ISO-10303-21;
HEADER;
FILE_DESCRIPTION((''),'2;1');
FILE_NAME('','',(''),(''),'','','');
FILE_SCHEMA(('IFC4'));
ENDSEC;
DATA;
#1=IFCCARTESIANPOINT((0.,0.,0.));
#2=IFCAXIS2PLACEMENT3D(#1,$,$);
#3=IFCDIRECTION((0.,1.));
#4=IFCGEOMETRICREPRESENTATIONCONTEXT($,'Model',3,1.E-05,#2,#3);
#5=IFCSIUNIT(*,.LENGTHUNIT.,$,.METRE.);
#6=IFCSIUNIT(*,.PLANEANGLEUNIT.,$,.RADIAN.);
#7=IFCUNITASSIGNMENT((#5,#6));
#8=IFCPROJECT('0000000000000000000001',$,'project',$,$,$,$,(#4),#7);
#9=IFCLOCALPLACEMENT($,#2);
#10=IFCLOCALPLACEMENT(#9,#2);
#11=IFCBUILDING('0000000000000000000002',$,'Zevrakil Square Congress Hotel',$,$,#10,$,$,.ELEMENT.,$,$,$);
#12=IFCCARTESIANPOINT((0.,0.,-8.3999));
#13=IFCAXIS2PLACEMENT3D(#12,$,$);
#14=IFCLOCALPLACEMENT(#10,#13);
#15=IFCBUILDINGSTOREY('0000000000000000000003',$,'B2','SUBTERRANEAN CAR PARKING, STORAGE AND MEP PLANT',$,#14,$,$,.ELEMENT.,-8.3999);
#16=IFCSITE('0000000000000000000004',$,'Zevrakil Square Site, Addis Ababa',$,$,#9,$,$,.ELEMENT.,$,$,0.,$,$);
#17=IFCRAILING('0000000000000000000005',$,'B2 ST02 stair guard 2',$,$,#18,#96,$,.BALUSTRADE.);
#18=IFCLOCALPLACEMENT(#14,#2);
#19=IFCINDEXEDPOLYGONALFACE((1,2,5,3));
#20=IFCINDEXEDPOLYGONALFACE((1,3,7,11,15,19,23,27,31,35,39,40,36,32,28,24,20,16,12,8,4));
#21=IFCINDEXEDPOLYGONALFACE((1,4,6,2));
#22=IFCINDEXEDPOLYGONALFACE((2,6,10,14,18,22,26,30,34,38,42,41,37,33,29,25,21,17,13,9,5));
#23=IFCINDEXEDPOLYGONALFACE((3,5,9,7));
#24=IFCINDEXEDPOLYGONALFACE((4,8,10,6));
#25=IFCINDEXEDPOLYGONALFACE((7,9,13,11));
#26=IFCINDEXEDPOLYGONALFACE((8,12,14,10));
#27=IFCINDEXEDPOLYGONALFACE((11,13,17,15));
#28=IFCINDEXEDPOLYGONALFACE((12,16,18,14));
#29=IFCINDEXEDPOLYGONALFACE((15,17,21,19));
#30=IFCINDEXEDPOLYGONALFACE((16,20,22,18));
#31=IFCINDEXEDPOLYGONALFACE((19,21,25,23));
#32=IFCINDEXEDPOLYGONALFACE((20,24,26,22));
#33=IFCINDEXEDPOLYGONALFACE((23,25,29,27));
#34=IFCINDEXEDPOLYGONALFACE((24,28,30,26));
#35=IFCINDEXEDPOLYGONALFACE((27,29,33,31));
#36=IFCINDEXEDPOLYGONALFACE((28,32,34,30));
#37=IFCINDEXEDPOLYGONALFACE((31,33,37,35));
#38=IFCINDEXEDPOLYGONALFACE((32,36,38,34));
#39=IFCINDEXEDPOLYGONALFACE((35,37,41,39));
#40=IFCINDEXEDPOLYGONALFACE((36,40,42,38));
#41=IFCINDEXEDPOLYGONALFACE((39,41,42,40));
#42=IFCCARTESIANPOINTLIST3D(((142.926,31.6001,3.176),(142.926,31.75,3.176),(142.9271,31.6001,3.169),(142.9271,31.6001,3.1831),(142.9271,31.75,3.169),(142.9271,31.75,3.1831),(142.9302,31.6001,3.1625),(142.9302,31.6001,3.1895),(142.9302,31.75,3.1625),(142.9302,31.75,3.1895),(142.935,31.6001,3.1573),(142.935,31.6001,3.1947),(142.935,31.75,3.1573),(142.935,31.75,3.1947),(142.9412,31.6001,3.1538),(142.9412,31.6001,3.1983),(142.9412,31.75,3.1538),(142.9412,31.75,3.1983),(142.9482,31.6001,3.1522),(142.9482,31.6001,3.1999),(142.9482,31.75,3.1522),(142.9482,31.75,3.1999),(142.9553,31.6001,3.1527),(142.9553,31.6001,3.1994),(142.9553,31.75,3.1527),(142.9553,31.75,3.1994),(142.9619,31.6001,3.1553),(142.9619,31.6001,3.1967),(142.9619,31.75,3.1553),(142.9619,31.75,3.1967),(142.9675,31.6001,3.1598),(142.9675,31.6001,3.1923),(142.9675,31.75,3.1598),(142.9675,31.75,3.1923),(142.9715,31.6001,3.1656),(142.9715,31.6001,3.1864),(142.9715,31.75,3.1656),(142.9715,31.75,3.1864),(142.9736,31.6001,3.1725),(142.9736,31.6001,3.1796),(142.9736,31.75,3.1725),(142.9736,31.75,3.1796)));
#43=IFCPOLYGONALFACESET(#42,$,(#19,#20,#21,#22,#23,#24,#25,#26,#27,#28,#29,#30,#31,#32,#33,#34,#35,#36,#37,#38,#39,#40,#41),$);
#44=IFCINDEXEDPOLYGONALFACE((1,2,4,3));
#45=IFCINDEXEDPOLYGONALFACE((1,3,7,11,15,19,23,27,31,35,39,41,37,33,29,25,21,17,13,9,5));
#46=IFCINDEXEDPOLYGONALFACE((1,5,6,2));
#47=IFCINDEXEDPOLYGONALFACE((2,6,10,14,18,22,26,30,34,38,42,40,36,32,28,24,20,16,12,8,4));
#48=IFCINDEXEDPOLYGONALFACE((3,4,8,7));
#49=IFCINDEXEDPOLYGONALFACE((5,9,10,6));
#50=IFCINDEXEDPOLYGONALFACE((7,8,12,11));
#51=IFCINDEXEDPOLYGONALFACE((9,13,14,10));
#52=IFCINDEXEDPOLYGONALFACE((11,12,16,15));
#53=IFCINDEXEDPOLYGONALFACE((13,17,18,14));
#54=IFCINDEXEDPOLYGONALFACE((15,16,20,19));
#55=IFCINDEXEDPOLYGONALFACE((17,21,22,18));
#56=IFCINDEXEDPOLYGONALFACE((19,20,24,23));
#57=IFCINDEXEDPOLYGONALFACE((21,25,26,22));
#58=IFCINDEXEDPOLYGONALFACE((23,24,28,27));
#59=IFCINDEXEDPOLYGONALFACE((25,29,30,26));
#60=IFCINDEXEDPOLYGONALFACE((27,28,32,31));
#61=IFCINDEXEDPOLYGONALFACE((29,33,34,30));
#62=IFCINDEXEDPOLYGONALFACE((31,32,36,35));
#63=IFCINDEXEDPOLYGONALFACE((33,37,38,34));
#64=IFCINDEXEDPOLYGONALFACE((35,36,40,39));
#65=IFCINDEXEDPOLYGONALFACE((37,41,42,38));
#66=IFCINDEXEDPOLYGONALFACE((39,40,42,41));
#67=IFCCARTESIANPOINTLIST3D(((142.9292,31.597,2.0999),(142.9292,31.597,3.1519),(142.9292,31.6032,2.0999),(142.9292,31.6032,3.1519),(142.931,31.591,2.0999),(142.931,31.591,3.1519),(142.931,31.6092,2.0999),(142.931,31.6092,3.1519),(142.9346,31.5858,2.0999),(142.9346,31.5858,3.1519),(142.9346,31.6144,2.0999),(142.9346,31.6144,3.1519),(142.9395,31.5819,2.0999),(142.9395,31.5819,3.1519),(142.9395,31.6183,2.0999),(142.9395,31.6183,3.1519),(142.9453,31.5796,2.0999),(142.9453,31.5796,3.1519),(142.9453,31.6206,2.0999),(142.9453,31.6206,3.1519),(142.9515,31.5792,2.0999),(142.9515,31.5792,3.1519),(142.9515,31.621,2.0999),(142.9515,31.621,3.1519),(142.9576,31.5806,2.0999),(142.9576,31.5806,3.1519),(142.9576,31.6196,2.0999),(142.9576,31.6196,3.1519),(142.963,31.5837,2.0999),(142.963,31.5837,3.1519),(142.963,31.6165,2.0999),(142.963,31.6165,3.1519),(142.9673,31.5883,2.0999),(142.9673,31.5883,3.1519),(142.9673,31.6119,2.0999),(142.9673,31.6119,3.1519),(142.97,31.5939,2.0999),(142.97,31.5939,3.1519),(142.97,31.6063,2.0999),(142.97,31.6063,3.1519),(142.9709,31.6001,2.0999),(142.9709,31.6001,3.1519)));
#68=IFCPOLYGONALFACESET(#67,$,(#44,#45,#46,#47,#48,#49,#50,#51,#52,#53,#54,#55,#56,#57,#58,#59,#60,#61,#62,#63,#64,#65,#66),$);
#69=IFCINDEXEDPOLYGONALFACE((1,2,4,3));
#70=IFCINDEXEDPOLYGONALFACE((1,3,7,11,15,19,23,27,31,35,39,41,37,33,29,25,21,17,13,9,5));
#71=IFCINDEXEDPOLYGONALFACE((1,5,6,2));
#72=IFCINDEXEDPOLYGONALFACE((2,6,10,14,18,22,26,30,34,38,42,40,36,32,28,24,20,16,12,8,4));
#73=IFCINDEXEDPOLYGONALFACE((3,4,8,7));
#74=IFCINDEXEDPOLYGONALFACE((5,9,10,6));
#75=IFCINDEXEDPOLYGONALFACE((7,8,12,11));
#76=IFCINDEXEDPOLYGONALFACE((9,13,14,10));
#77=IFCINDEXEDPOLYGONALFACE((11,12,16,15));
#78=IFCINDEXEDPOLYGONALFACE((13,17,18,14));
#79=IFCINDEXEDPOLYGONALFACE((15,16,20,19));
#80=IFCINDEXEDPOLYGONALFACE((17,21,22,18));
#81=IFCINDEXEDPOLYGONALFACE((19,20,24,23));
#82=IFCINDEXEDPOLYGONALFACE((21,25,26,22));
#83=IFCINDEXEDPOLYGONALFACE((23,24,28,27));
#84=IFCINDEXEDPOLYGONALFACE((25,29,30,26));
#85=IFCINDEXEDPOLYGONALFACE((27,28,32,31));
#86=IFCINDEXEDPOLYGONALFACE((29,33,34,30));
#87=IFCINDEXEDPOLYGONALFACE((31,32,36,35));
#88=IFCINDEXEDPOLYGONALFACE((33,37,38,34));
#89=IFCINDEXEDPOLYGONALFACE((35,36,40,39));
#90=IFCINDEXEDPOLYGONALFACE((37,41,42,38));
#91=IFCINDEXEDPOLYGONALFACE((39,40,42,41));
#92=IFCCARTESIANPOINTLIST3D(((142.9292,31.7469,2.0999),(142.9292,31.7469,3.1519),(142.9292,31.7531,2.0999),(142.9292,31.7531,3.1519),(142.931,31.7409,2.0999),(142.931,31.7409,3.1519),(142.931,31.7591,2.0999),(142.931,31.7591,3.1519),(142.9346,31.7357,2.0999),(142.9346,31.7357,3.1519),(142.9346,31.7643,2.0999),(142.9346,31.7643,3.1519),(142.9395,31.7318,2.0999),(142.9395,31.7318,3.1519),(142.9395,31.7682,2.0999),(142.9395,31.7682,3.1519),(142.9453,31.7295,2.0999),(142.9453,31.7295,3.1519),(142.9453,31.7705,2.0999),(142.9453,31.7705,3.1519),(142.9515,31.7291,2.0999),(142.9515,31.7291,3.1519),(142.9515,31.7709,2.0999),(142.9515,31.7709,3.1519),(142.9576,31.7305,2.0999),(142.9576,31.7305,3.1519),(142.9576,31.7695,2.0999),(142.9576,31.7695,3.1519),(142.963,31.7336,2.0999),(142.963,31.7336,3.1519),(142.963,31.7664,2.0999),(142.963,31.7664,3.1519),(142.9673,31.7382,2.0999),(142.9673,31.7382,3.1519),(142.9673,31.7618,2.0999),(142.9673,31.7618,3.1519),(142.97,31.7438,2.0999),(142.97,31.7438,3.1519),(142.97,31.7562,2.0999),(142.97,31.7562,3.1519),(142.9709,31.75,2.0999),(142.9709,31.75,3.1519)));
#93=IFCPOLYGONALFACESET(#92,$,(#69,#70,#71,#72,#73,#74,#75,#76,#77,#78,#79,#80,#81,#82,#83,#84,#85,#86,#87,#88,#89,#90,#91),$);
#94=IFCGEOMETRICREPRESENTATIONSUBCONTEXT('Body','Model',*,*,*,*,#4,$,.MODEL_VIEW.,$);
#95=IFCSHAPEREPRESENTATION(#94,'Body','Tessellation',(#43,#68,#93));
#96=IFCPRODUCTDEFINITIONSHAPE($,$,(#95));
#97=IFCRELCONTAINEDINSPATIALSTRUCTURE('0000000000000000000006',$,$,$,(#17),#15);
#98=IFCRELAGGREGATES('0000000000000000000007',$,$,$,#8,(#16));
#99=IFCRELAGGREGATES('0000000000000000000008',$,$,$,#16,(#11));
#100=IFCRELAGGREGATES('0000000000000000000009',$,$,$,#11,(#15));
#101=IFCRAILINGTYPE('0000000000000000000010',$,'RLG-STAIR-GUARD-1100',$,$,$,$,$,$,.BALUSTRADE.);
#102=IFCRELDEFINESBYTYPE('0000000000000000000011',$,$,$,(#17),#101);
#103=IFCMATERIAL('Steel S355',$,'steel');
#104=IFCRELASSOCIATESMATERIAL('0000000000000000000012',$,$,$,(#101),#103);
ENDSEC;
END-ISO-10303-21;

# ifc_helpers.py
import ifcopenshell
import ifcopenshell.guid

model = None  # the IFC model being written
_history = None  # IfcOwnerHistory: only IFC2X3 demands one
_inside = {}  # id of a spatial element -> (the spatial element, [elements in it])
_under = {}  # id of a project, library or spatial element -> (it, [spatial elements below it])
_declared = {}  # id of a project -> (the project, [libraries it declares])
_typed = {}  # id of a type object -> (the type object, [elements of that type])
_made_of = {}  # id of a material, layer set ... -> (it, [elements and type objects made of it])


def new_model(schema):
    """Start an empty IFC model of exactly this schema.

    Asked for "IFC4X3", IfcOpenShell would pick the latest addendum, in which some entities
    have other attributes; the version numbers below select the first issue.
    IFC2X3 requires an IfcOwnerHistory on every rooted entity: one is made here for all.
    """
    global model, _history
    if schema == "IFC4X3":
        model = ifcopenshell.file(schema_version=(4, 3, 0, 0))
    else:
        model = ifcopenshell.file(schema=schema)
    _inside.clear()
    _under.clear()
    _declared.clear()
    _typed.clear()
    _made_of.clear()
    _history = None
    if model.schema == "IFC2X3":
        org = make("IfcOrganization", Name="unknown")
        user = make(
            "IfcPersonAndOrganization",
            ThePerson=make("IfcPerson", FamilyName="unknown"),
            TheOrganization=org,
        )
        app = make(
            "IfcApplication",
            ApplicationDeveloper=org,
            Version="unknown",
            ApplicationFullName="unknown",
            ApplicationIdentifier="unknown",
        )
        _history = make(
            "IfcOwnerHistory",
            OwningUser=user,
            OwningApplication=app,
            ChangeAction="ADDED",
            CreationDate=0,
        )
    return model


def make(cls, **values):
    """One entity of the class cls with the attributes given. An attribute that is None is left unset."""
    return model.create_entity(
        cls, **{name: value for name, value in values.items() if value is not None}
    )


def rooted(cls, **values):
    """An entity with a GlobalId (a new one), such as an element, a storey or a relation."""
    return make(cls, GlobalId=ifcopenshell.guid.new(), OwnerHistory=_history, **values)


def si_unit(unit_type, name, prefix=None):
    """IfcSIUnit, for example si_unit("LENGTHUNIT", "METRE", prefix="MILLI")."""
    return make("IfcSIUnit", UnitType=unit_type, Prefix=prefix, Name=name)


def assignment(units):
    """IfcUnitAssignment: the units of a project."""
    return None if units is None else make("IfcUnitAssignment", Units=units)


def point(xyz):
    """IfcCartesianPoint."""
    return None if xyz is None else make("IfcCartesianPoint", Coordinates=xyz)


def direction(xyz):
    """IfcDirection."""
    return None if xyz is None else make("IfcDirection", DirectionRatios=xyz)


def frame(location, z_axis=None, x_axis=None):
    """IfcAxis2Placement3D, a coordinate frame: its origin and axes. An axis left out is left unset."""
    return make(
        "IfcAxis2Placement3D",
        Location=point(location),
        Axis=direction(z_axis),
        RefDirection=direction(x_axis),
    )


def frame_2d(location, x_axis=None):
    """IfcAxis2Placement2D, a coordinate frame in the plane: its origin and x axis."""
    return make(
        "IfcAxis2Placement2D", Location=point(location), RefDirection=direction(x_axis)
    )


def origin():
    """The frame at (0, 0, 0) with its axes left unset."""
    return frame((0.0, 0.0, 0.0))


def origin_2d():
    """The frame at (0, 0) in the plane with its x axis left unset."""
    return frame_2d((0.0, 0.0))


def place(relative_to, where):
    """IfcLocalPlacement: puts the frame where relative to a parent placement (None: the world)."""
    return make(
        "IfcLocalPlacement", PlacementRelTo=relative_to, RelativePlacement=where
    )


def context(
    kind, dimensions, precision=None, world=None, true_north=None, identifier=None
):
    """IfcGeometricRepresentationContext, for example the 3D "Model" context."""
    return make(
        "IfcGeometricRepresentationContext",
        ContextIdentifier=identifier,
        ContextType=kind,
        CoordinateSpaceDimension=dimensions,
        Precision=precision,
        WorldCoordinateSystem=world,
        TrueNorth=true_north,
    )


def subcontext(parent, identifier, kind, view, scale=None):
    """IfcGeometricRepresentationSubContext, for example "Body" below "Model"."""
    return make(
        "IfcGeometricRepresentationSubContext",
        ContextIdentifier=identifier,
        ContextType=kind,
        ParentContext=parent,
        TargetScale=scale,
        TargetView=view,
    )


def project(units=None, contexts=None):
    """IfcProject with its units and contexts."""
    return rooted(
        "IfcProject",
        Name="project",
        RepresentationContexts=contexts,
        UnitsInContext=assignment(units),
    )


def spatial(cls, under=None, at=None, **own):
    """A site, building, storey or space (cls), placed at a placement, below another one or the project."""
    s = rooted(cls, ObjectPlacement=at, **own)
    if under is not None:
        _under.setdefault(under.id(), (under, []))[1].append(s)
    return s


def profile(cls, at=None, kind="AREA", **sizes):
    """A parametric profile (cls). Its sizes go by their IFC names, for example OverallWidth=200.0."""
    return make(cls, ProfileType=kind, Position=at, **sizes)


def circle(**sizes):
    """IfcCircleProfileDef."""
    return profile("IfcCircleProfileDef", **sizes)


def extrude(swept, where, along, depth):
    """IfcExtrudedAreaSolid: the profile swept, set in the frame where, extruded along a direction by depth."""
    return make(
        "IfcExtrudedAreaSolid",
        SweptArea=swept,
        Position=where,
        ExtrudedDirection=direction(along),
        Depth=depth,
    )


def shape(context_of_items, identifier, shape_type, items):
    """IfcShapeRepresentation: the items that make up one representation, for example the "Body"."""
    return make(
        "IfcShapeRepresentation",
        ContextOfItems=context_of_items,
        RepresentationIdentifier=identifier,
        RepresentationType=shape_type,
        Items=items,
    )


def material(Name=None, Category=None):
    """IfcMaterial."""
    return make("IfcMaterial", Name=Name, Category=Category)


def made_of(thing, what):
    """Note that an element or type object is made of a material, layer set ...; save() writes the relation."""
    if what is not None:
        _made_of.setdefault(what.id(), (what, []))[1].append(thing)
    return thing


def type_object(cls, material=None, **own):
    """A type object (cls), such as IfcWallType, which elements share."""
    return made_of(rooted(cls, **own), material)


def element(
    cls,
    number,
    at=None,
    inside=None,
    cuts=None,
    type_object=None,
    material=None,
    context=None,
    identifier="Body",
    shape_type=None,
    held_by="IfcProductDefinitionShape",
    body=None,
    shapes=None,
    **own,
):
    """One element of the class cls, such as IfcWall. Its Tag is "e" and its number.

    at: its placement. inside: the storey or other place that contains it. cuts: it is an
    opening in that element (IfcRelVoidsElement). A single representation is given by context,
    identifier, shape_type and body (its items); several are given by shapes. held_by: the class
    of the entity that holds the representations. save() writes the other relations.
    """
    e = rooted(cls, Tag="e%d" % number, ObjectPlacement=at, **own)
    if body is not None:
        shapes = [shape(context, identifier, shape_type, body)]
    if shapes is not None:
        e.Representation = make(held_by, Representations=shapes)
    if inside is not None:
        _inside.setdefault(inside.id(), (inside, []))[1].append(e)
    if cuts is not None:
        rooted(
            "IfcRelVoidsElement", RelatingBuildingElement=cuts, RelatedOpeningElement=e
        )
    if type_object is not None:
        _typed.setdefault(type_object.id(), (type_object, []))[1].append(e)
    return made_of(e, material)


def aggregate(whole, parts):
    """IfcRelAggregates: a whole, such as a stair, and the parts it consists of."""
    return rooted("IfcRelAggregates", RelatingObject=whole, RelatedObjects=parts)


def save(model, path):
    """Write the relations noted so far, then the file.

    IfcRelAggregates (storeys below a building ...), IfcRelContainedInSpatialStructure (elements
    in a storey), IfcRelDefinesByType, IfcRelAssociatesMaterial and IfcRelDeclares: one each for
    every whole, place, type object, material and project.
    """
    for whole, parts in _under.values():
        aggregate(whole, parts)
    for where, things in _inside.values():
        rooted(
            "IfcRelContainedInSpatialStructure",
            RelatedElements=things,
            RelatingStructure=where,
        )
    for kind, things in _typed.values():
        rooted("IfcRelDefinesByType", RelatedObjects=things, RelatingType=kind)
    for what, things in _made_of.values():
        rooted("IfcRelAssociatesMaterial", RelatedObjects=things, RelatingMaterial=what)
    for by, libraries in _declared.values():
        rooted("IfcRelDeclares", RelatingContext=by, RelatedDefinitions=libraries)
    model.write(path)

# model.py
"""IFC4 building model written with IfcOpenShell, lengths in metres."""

from ifc_helpers import new_model, si_unit, direction, frame, origin, origin_2d, place, context, subcontext, project, spatial, circle, extrude, material, type_object, element, save


model = new_model("IFC4")

# Units and contexts
model_context = context("Model", 3, precision=1e-05, world=origin(), true_north=direction((0.0, 1.0)))
body_context = subcontext(model_context, "Body", "Model", "MODEL_VIEW")
ifc_project = project(units=[si_unit("LENGTHUNIT", "METRE"), si_unit("PLANEANGLEUNIT", "RADIAN")], contexts=[model_context])

# Site, building, storey
site_placement = place(None, origin())
site = spatial("IfcSite", under=ifc_project, at=site_placement, Name="Zevrakil Square Site, Addis Ababa", CompositionType="ELEMENT", RefElevation=0.0)
building_placement = place(site_placement, origin())
building = spatial("IfcBuilding", under=site, at=building_placement, Name="Zevrakil Square Congress Hotel", CompositionType="ELEMENT")
storey_placement = place(building_placement, frame((0.0, 0.0, -8.3999)))
storey = spatial("IfcBuildingStorey", under=building, at=storey_placement, Name="B2", Description="SUBTERRANEAN CAR PARKING, STORAGE AND MEP PLANT", CompositionType="ELEMENT", Elevation=-8.3999)

# Railing
ifc_material_1 = material(Name="Steel S355", Category="steel")
railing_type_1 = type_object("IfcRailingType", Name="RLG-STAIR-GUARD-1100", PredefinedType="BALUSTRADE", material=ifc_material_1)
railing_1_placement = place(storey_placement, frame((142.95, 31.6001, 2.0999)))
element("IfcRailing", 1, at=railing_1_placement, inside=storey, type_object=railing_type_1, Name="B2 ST02 stair guard 2", PredefinedType="BALUSTRADE", context=body_context, shape_type="SweptSolid", body=[
    extrude(circle(Radius=0.0239, at=origin_2d()), frame((0.0, 0.0, 1.0762), z_axis=(0.0, 1.0, 0.0), x_axis=(-1.0, 0.0, 0.0)), (0.0, 0.0, 1.0), 0.1499),
    extrude(circle(Radius=0.021, at=origin_2d()), origin(), (0.0, 0.0, 1.0), 1.052),
    extrude(circle(Radius=0.021, at=origin_2d()), frame((0.0, 0.1499, 0.0)), (0.0, 0.0, 1.0), 1.052),
])

save(model, "model.ifc")
